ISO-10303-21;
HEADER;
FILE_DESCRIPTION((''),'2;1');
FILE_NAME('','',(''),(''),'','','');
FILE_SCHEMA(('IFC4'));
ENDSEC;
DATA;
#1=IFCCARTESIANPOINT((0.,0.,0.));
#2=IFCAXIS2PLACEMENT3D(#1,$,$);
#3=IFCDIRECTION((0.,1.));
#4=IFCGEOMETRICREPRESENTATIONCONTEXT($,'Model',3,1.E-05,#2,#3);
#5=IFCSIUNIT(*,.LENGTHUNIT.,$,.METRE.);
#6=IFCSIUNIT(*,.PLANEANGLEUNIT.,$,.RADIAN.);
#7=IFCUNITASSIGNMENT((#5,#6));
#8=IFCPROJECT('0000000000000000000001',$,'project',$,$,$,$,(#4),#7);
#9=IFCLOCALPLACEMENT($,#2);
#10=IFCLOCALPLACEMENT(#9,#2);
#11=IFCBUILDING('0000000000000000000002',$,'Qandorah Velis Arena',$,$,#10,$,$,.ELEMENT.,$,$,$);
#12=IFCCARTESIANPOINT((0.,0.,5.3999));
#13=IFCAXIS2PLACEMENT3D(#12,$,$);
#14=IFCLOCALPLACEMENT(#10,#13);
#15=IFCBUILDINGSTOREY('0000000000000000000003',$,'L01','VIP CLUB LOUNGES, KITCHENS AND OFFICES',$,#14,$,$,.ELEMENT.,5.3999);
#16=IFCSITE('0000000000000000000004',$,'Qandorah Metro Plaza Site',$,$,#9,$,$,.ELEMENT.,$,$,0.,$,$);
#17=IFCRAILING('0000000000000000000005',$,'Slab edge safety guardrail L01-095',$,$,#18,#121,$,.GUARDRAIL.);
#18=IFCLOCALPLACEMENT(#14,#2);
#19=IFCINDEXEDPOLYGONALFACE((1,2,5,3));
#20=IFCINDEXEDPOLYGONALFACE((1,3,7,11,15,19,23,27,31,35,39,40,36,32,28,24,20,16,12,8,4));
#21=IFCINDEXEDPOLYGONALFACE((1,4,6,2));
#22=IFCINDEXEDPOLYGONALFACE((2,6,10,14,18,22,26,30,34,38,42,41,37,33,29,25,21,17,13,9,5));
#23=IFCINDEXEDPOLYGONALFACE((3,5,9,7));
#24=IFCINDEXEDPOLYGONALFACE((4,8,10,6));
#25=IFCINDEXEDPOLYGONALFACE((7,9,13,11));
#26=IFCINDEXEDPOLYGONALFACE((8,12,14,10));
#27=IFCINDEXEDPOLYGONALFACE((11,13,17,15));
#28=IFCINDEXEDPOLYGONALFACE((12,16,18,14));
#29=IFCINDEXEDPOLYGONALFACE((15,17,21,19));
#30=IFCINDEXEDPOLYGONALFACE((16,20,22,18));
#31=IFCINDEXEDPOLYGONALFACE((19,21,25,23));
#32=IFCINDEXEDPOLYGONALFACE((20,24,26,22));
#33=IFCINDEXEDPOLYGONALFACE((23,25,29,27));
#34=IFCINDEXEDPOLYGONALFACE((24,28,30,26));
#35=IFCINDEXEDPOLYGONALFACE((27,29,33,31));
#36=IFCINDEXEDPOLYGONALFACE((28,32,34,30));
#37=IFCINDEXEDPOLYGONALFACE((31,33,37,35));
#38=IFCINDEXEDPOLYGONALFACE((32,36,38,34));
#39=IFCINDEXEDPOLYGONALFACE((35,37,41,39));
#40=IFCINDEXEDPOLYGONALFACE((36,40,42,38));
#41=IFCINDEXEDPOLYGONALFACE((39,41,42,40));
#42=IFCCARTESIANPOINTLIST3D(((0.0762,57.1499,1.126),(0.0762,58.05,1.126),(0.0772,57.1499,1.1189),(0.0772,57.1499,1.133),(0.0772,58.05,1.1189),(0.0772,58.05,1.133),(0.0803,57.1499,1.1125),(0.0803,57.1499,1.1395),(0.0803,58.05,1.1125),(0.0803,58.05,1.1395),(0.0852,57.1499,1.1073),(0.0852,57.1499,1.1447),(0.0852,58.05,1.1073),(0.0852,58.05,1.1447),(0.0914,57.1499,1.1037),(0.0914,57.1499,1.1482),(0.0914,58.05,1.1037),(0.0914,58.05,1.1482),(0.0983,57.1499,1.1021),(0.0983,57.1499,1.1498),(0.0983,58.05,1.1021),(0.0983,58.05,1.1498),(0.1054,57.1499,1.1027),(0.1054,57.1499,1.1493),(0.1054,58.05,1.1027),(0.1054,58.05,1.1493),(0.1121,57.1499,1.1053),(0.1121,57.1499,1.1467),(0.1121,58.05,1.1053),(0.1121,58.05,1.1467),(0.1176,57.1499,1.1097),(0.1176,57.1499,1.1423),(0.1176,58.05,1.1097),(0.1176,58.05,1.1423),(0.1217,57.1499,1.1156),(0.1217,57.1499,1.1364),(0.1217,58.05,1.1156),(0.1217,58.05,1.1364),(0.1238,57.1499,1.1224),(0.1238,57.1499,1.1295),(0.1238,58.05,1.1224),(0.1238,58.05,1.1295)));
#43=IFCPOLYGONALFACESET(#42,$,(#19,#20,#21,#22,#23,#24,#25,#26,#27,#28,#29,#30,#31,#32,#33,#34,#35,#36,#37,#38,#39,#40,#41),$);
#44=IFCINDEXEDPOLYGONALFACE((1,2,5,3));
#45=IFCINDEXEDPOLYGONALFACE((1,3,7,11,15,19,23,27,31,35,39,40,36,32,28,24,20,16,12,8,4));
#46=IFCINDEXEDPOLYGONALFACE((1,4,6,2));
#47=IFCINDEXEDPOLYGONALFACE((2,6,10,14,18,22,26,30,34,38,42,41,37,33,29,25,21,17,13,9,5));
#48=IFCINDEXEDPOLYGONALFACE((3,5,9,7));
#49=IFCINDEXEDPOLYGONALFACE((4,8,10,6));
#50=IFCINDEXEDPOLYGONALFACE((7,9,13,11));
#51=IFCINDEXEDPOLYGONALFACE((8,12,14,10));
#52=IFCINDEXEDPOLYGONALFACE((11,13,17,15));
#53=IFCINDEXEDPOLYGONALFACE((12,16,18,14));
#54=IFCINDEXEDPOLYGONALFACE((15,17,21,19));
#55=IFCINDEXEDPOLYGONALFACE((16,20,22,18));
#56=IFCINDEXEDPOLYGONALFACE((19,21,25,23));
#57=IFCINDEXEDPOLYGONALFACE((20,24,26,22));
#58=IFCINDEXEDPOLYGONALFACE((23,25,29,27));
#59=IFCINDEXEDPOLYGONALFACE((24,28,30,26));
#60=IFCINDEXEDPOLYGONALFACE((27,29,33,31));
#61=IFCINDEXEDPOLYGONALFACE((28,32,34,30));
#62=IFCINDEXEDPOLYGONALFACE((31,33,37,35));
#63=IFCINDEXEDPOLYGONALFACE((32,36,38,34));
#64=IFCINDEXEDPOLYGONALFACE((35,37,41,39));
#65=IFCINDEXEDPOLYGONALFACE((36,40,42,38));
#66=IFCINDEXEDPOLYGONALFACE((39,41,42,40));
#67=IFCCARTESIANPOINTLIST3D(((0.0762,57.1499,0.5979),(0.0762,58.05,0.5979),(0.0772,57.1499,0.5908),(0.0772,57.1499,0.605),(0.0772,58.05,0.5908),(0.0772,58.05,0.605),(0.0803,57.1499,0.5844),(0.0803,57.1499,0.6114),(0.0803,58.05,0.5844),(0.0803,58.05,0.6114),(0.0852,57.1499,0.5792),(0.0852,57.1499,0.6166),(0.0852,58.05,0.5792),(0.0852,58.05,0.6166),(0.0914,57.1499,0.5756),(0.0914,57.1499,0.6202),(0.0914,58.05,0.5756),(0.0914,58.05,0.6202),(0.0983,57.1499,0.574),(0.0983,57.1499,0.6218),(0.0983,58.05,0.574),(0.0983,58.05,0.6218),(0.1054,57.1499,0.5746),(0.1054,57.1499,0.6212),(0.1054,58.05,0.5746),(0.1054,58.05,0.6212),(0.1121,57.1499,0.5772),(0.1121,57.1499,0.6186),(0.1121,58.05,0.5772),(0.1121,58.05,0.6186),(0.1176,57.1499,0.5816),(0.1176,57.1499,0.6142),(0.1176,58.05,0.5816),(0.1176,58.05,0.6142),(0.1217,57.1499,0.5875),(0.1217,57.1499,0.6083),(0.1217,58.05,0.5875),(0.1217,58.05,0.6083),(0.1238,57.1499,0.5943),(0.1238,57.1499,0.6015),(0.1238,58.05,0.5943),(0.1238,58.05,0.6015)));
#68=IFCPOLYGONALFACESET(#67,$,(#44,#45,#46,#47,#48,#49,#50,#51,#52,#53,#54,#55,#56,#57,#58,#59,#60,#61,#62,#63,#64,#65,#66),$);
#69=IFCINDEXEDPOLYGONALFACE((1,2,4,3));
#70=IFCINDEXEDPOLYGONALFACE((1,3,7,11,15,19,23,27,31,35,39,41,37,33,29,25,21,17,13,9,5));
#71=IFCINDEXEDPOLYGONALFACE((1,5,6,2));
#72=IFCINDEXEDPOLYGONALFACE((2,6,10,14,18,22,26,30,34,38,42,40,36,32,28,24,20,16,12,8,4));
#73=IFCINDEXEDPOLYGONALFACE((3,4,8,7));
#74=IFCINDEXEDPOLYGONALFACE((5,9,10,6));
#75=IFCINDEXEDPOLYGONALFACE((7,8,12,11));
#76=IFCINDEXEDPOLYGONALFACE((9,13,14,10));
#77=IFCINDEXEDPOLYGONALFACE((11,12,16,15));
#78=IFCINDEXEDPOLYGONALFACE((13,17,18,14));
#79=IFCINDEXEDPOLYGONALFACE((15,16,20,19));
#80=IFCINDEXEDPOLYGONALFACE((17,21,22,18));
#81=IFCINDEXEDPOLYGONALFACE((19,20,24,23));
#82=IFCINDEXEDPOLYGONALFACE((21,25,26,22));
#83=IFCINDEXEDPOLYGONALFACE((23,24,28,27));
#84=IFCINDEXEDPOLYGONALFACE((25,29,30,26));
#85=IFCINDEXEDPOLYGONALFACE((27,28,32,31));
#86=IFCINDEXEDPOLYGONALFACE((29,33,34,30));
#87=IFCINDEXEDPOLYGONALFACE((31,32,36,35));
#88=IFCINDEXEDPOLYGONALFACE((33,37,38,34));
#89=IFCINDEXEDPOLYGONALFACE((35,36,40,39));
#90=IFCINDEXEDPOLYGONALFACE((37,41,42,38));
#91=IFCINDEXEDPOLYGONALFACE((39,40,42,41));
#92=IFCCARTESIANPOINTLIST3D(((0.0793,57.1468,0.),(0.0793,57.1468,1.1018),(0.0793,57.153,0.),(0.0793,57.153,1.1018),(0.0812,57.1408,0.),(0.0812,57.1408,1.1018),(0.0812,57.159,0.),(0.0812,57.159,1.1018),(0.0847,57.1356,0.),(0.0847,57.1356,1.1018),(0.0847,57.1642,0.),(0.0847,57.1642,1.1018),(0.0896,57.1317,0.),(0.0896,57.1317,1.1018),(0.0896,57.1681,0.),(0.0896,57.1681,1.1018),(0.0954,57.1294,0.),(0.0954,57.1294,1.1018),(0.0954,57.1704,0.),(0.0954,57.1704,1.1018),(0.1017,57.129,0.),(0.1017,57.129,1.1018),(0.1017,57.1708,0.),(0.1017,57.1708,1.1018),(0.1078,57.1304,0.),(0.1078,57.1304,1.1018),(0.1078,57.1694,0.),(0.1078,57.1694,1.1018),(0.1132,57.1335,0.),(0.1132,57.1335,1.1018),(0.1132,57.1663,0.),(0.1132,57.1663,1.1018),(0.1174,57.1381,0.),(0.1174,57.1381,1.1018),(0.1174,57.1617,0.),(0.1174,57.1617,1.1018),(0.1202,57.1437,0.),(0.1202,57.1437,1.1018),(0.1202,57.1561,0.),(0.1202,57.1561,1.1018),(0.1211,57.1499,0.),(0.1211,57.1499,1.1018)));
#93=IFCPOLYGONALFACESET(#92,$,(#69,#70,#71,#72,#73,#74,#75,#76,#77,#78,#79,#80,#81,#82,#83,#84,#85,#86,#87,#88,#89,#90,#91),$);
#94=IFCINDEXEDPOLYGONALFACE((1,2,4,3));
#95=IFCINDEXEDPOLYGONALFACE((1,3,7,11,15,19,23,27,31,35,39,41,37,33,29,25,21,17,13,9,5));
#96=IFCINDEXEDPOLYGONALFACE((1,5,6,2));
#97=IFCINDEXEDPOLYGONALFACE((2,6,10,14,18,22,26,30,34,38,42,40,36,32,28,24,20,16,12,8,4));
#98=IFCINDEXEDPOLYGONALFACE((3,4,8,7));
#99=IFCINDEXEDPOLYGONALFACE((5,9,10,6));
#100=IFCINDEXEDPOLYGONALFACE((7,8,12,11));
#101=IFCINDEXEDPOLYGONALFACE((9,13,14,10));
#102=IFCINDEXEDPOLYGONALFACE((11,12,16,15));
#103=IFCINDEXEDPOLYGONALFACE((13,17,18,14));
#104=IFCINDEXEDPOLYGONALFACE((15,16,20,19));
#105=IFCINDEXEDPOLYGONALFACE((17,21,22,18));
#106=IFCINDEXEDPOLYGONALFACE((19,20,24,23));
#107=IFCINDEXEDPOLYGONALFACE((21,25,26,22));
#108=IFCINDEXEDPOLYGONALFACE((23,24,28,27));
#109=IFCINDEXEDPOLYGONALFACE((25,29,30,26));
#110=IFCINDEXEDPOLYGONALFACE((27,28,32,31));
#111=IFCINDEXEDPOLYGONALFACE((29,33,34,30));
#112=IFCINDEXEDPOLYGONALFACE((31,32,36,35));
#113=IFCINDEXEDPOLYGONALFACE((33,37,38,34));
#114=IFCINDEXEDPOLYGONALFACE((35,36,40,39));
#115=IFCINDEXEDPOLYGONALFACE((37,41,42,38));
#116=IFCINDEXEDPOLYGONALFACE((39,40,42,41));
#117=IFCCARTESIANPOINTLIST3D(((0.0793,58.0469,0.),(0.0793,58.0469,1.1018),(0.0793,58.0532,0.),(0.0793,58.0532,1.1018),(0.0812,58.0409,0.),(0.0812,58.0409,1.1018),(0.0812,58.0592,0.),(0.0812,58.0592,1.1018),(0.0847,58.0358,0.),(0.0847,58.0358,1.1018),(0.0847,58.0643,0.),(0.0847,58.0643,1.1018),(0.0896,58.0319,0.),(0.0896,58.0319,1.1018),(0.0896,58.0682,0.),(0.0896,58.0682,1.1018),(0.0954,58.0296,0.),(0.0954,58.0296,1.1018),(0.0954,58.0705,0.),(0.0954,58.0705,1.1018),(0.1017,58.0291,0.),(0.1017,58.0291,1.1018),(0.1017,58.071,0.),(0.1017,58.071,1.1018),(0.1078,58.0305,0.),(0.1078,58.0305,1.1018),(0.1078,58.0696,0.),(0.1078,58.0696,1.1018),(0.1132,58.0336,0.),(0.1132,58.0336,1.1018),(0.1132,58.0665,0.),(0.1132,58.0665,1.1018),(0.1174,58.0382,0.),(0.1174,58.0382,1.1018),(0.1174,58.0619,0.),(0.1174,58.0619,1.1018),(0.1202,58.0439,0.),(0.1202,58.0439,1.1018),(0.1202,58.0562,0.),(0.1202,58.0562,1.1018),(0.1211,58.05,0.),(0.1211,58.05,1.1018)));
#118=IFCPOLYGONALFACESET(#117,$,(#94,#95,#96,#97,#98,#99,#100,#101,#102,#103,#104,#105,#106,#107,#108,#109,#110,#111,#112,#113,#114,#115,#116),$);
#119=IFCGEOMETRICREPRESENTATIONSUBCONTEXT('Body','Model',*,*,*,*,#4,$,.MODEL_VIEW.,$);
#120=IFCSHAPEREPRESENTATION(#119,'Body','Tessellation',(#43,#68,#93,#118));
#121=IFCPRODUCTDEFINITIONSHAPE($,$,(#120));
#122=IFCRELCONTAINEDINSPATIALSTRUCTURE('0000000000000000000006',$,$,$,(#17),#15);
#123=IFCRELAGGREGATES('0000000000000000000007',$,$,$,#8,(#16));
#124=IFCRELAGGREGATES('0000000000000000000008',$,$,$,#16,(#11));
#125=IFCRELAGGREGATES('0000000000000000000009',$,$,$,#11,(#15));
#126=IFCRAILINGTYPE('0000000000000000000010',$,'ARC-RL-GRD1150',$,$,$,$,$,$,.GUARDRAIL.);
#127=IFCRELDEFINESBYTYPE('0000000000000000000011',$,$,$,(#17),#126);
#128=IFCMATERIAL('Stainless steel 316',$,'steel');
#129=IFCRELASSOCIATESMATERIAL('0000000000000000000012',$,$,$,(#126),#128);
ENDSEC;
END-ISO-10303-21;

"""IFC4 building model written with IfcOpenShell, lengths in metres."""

from ifc_helpers import new_model, si_unit, direction, frame, origin, origin_2d, place, context, subcontext, project, spatial, circle, extrude, material, type_object, element, save


model = new_model("IFC4")

# Units and contexts
model_context = context("Model", 3, precision=1e-05, world=origin(), true_north=direction((0.0, 1.0)))
body_context = subcontext(model_context, "Body", "Model", "MODEL_VIEW")
ifc_project = project(units=[si_unit("LENGTHUNIT", "METRE"), si_unit("PLANEANGLEUNIT", "RADIAN")], contexts=[model_context])

# Site, building, storey
site_placement = place(None, origin())
site = spatial("IfcSite", under=ifc_project, at=site_placement, Name="Qandorah Metro Plaza Site", CompositionType="ELEMENT", RefElevation=0.0)
building_placement = place(site_placement, origin())
building = spatial("IfcBuilding", under=site, at=building_placement, Name="Qandorah Velis Arena", CompositionType="ELEMENT")
storey_placement = place(building_placement, frame((0.0, 0.0, 5.3999)))
storey = spatial("IfcBuildingStorey", under=building, at=storey_placement, Name="L01", Description="VIP CLUB LOUNGES, KITCHENS AND OFFICES", CompositionType="ELEMENT", Elevation=5.3999)

# Railing
ifc_material_1 = material(Name="Stainless steel 316", Category="steel")
railing_type = type_object("IfcRailingType", Name="ARC-RL-GRD1150", PredefinedType="GUARDRAIL", material=ifc_material_1)
railing_placement = place(storey_placement, frame((0.1001, 57.1499, 0.0)))
element("IfcRailing", 1, at=railing_placement, inside=storey, type_object=railing_type, Name="Slab edge safety guardrail L01-095", PredefinedType="GUARDRAIL", context=body_context, shape_type="SweptSolid", body=[
    extrude(circle(Radius=0.0239, at=origin_2d()), frame((0.0, 0.0, 1.126), z_axis=(0.0, 1.0, 0.0), x_axis=(-1.0, 0.0, 0.0)), (0.0, 0.0, 1.0), 0.9001),
    extrude(circle(Radius=0.0239, at=origin_2d()), frame((0.0, 0.0, 0.5979), z_axis=(0.0, 1.0, 0.0), x_axis=(-1.0, 0.0, 0.0)), (0.0, 0.0, 1.0), 0.9001),
    extrude(circle(Radius=0.021, at=origin_2d()), origin(), (0.0, 0.0, 1.0), 1.1018),
    extrude(circle(Radius=0.021, at=origin_2d()), frame((0.0, 0.9001, 0.0)), (0.0, 0.0, 1.0), 1.1018),
])

save(model, "model.ifc")
